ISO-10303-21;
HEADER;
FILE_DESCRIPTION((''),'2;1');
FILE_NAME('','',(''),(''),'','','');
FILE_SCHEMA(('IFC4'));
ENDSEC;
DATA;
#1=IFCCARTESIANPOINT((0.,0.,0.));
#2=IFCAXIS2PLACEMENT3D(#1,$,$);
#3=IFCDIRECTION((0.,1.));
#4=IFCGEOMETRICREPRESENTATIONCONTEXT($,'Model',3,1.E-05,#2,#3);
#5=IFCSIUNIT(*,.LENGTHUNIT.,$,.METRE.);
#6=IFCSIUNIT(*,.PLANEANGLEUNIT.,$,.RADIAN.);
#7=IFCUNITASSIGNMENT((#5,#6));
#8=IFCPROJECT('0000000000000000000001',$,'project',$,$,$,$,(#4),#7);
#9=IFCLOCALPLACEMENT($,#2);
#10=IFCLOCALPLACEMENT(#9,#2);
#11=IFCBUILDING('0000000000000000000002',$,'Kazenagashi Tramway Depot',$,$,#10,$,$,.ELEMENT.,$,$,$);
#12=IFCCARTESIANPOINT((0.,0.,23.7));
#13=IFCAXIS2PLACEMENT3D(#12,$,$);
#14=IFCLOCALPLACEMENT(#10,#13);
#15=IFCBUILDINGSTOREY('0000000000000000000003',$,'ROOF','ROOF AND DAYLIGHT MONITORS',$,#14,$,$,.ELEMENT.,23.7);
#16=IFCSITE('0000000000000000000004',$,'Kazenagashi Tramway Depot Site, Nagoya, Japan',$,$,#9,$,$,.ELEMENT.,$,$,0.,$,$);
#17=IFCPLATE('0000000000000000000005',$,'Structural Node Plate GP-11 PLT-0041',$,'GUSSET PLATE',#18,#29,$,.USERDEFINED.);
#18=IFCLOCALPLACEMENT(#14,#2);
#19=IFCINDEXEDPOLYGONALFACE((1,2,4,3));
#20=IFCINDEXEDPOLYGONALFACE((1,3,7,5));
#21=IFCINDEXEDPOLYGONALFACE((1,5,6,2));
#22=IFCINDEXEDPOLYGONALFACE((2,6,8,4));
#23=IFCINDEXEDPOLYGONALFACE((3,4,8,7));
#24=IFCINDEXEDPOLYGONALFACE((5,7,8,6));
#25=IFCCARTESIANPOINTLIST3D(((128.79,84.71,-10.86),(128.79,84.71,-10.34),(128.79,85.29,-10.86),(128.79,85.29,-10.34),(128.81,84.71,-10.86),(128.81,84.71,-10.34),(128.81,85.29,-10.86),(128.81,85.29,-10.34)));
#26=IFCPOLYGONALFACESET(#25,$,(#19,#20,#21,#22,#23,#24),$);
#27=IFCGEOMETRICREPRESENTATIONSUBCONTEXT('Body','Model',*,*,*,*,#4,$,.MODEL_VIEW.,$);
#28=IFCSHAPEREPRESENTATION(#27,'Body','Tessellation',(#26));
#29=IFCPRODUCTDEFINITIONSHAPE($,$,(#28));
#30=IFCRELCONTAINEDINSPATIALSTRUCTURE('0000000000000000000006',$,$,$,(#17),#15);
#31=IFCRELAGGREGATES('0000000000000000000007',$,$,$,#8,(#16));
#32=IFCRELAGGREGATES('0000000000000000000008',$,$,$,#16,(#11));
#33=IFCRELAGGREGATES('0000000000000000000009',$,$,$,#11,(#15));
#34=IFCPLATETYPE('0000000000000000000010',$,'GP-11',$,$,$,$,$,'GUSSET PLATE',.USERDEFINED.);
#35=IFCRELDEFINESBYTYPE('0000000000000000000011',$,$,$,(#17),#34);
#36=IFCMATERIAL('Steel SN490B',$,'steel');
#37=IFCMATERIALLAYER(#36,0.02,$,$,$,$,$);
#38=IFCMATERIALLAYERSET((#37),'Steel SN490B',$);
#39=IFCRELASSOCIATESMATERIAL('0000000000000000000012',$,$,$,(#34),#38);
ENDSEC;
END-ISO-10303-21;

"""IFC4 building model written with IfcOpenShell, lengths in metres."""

from ifc_helpers import new_model, si_unit, direction, frame, origin, origin_2d, place, context, subcontext, project, spatial, rectangle, extrude, material, layer, layer_set, type_object, element, save


model = new_model("IFC4")

# Units and contexts
model_context = context("Model", 3, precision=1e-05, world=origin(), true_north=direction((0.0, 1.0)))
body_context = subcontext(model_context, "Body", "Model", "MODEL_VIEW")
ifc_project = project(units=[si_unit("LENGTHUNIT", "METRE"), si_unit("PLANEANGLEUNIT", "RADIAN")], contexts=[model_context])

# Site, building, storey
site_placement = place(None, origin())
site = spatial("IfcSite", under=ifc_project, at=site_placement, Name="Kazenagashi Tramway Depot Site, Nagoya, Japan", CompositionType="ELEMENT", RefElevation=0.0)
building_placement = place(site_placement, origin())
building = spatial("IfcBuilding", under=site, at=building_placement, Name="Kazenagashi Tramway Depot", CompositionType="ELEMENT")
storey_placement = place(building_placement, frame((0.0, 0.0, 23.7)))
storey = spatial("IfcBuildingStorey", under=building, at=storey_placement, Name="ROOF", Description="ROOF AND DAYLIGHT MONITORS", CompositionType="ELEMENT", Elevation=23.7)

# Plate
ifc_material_1 = material(Name="Steel SN490B", Category="steel")
ifc_layer_1 = layer(ifc_material_1, 0.02)
ifc_layer_set_1 = layer_set([ifc_layer_1], Name="Steel SN490B")
plate_type_1 = type_object("IfcPlateType", Name="GP-11", ElementType="GUSSET PLATE", PredefinedType="USERDEFINED", material=ifc_layer_set_1)
plate_1_placement = place(storey_placement, frame((128.8, 85.0, -10.86), z_axis=(0.0, 0.0, 1.0), x_axis=(0.0, 1.0, 0.0)))
element("IfcPlate", 1, at=plate_1_placement, inside=storey, type_object=plate_type_1, Name="Structural Node Plate GP-11 PLT-0041", ObjectType="GUSSET PLATE", PredefinedType="USERDEFINED", context=body_context, shape_type="SweptSolid", body=[
    extrude(rectangle(XDim=0.58, YDim=0.02, at=origin_2d()), origin(), (0.0, 0.0, 1.0), 0.52),
])

save(model, "model.ifc")
